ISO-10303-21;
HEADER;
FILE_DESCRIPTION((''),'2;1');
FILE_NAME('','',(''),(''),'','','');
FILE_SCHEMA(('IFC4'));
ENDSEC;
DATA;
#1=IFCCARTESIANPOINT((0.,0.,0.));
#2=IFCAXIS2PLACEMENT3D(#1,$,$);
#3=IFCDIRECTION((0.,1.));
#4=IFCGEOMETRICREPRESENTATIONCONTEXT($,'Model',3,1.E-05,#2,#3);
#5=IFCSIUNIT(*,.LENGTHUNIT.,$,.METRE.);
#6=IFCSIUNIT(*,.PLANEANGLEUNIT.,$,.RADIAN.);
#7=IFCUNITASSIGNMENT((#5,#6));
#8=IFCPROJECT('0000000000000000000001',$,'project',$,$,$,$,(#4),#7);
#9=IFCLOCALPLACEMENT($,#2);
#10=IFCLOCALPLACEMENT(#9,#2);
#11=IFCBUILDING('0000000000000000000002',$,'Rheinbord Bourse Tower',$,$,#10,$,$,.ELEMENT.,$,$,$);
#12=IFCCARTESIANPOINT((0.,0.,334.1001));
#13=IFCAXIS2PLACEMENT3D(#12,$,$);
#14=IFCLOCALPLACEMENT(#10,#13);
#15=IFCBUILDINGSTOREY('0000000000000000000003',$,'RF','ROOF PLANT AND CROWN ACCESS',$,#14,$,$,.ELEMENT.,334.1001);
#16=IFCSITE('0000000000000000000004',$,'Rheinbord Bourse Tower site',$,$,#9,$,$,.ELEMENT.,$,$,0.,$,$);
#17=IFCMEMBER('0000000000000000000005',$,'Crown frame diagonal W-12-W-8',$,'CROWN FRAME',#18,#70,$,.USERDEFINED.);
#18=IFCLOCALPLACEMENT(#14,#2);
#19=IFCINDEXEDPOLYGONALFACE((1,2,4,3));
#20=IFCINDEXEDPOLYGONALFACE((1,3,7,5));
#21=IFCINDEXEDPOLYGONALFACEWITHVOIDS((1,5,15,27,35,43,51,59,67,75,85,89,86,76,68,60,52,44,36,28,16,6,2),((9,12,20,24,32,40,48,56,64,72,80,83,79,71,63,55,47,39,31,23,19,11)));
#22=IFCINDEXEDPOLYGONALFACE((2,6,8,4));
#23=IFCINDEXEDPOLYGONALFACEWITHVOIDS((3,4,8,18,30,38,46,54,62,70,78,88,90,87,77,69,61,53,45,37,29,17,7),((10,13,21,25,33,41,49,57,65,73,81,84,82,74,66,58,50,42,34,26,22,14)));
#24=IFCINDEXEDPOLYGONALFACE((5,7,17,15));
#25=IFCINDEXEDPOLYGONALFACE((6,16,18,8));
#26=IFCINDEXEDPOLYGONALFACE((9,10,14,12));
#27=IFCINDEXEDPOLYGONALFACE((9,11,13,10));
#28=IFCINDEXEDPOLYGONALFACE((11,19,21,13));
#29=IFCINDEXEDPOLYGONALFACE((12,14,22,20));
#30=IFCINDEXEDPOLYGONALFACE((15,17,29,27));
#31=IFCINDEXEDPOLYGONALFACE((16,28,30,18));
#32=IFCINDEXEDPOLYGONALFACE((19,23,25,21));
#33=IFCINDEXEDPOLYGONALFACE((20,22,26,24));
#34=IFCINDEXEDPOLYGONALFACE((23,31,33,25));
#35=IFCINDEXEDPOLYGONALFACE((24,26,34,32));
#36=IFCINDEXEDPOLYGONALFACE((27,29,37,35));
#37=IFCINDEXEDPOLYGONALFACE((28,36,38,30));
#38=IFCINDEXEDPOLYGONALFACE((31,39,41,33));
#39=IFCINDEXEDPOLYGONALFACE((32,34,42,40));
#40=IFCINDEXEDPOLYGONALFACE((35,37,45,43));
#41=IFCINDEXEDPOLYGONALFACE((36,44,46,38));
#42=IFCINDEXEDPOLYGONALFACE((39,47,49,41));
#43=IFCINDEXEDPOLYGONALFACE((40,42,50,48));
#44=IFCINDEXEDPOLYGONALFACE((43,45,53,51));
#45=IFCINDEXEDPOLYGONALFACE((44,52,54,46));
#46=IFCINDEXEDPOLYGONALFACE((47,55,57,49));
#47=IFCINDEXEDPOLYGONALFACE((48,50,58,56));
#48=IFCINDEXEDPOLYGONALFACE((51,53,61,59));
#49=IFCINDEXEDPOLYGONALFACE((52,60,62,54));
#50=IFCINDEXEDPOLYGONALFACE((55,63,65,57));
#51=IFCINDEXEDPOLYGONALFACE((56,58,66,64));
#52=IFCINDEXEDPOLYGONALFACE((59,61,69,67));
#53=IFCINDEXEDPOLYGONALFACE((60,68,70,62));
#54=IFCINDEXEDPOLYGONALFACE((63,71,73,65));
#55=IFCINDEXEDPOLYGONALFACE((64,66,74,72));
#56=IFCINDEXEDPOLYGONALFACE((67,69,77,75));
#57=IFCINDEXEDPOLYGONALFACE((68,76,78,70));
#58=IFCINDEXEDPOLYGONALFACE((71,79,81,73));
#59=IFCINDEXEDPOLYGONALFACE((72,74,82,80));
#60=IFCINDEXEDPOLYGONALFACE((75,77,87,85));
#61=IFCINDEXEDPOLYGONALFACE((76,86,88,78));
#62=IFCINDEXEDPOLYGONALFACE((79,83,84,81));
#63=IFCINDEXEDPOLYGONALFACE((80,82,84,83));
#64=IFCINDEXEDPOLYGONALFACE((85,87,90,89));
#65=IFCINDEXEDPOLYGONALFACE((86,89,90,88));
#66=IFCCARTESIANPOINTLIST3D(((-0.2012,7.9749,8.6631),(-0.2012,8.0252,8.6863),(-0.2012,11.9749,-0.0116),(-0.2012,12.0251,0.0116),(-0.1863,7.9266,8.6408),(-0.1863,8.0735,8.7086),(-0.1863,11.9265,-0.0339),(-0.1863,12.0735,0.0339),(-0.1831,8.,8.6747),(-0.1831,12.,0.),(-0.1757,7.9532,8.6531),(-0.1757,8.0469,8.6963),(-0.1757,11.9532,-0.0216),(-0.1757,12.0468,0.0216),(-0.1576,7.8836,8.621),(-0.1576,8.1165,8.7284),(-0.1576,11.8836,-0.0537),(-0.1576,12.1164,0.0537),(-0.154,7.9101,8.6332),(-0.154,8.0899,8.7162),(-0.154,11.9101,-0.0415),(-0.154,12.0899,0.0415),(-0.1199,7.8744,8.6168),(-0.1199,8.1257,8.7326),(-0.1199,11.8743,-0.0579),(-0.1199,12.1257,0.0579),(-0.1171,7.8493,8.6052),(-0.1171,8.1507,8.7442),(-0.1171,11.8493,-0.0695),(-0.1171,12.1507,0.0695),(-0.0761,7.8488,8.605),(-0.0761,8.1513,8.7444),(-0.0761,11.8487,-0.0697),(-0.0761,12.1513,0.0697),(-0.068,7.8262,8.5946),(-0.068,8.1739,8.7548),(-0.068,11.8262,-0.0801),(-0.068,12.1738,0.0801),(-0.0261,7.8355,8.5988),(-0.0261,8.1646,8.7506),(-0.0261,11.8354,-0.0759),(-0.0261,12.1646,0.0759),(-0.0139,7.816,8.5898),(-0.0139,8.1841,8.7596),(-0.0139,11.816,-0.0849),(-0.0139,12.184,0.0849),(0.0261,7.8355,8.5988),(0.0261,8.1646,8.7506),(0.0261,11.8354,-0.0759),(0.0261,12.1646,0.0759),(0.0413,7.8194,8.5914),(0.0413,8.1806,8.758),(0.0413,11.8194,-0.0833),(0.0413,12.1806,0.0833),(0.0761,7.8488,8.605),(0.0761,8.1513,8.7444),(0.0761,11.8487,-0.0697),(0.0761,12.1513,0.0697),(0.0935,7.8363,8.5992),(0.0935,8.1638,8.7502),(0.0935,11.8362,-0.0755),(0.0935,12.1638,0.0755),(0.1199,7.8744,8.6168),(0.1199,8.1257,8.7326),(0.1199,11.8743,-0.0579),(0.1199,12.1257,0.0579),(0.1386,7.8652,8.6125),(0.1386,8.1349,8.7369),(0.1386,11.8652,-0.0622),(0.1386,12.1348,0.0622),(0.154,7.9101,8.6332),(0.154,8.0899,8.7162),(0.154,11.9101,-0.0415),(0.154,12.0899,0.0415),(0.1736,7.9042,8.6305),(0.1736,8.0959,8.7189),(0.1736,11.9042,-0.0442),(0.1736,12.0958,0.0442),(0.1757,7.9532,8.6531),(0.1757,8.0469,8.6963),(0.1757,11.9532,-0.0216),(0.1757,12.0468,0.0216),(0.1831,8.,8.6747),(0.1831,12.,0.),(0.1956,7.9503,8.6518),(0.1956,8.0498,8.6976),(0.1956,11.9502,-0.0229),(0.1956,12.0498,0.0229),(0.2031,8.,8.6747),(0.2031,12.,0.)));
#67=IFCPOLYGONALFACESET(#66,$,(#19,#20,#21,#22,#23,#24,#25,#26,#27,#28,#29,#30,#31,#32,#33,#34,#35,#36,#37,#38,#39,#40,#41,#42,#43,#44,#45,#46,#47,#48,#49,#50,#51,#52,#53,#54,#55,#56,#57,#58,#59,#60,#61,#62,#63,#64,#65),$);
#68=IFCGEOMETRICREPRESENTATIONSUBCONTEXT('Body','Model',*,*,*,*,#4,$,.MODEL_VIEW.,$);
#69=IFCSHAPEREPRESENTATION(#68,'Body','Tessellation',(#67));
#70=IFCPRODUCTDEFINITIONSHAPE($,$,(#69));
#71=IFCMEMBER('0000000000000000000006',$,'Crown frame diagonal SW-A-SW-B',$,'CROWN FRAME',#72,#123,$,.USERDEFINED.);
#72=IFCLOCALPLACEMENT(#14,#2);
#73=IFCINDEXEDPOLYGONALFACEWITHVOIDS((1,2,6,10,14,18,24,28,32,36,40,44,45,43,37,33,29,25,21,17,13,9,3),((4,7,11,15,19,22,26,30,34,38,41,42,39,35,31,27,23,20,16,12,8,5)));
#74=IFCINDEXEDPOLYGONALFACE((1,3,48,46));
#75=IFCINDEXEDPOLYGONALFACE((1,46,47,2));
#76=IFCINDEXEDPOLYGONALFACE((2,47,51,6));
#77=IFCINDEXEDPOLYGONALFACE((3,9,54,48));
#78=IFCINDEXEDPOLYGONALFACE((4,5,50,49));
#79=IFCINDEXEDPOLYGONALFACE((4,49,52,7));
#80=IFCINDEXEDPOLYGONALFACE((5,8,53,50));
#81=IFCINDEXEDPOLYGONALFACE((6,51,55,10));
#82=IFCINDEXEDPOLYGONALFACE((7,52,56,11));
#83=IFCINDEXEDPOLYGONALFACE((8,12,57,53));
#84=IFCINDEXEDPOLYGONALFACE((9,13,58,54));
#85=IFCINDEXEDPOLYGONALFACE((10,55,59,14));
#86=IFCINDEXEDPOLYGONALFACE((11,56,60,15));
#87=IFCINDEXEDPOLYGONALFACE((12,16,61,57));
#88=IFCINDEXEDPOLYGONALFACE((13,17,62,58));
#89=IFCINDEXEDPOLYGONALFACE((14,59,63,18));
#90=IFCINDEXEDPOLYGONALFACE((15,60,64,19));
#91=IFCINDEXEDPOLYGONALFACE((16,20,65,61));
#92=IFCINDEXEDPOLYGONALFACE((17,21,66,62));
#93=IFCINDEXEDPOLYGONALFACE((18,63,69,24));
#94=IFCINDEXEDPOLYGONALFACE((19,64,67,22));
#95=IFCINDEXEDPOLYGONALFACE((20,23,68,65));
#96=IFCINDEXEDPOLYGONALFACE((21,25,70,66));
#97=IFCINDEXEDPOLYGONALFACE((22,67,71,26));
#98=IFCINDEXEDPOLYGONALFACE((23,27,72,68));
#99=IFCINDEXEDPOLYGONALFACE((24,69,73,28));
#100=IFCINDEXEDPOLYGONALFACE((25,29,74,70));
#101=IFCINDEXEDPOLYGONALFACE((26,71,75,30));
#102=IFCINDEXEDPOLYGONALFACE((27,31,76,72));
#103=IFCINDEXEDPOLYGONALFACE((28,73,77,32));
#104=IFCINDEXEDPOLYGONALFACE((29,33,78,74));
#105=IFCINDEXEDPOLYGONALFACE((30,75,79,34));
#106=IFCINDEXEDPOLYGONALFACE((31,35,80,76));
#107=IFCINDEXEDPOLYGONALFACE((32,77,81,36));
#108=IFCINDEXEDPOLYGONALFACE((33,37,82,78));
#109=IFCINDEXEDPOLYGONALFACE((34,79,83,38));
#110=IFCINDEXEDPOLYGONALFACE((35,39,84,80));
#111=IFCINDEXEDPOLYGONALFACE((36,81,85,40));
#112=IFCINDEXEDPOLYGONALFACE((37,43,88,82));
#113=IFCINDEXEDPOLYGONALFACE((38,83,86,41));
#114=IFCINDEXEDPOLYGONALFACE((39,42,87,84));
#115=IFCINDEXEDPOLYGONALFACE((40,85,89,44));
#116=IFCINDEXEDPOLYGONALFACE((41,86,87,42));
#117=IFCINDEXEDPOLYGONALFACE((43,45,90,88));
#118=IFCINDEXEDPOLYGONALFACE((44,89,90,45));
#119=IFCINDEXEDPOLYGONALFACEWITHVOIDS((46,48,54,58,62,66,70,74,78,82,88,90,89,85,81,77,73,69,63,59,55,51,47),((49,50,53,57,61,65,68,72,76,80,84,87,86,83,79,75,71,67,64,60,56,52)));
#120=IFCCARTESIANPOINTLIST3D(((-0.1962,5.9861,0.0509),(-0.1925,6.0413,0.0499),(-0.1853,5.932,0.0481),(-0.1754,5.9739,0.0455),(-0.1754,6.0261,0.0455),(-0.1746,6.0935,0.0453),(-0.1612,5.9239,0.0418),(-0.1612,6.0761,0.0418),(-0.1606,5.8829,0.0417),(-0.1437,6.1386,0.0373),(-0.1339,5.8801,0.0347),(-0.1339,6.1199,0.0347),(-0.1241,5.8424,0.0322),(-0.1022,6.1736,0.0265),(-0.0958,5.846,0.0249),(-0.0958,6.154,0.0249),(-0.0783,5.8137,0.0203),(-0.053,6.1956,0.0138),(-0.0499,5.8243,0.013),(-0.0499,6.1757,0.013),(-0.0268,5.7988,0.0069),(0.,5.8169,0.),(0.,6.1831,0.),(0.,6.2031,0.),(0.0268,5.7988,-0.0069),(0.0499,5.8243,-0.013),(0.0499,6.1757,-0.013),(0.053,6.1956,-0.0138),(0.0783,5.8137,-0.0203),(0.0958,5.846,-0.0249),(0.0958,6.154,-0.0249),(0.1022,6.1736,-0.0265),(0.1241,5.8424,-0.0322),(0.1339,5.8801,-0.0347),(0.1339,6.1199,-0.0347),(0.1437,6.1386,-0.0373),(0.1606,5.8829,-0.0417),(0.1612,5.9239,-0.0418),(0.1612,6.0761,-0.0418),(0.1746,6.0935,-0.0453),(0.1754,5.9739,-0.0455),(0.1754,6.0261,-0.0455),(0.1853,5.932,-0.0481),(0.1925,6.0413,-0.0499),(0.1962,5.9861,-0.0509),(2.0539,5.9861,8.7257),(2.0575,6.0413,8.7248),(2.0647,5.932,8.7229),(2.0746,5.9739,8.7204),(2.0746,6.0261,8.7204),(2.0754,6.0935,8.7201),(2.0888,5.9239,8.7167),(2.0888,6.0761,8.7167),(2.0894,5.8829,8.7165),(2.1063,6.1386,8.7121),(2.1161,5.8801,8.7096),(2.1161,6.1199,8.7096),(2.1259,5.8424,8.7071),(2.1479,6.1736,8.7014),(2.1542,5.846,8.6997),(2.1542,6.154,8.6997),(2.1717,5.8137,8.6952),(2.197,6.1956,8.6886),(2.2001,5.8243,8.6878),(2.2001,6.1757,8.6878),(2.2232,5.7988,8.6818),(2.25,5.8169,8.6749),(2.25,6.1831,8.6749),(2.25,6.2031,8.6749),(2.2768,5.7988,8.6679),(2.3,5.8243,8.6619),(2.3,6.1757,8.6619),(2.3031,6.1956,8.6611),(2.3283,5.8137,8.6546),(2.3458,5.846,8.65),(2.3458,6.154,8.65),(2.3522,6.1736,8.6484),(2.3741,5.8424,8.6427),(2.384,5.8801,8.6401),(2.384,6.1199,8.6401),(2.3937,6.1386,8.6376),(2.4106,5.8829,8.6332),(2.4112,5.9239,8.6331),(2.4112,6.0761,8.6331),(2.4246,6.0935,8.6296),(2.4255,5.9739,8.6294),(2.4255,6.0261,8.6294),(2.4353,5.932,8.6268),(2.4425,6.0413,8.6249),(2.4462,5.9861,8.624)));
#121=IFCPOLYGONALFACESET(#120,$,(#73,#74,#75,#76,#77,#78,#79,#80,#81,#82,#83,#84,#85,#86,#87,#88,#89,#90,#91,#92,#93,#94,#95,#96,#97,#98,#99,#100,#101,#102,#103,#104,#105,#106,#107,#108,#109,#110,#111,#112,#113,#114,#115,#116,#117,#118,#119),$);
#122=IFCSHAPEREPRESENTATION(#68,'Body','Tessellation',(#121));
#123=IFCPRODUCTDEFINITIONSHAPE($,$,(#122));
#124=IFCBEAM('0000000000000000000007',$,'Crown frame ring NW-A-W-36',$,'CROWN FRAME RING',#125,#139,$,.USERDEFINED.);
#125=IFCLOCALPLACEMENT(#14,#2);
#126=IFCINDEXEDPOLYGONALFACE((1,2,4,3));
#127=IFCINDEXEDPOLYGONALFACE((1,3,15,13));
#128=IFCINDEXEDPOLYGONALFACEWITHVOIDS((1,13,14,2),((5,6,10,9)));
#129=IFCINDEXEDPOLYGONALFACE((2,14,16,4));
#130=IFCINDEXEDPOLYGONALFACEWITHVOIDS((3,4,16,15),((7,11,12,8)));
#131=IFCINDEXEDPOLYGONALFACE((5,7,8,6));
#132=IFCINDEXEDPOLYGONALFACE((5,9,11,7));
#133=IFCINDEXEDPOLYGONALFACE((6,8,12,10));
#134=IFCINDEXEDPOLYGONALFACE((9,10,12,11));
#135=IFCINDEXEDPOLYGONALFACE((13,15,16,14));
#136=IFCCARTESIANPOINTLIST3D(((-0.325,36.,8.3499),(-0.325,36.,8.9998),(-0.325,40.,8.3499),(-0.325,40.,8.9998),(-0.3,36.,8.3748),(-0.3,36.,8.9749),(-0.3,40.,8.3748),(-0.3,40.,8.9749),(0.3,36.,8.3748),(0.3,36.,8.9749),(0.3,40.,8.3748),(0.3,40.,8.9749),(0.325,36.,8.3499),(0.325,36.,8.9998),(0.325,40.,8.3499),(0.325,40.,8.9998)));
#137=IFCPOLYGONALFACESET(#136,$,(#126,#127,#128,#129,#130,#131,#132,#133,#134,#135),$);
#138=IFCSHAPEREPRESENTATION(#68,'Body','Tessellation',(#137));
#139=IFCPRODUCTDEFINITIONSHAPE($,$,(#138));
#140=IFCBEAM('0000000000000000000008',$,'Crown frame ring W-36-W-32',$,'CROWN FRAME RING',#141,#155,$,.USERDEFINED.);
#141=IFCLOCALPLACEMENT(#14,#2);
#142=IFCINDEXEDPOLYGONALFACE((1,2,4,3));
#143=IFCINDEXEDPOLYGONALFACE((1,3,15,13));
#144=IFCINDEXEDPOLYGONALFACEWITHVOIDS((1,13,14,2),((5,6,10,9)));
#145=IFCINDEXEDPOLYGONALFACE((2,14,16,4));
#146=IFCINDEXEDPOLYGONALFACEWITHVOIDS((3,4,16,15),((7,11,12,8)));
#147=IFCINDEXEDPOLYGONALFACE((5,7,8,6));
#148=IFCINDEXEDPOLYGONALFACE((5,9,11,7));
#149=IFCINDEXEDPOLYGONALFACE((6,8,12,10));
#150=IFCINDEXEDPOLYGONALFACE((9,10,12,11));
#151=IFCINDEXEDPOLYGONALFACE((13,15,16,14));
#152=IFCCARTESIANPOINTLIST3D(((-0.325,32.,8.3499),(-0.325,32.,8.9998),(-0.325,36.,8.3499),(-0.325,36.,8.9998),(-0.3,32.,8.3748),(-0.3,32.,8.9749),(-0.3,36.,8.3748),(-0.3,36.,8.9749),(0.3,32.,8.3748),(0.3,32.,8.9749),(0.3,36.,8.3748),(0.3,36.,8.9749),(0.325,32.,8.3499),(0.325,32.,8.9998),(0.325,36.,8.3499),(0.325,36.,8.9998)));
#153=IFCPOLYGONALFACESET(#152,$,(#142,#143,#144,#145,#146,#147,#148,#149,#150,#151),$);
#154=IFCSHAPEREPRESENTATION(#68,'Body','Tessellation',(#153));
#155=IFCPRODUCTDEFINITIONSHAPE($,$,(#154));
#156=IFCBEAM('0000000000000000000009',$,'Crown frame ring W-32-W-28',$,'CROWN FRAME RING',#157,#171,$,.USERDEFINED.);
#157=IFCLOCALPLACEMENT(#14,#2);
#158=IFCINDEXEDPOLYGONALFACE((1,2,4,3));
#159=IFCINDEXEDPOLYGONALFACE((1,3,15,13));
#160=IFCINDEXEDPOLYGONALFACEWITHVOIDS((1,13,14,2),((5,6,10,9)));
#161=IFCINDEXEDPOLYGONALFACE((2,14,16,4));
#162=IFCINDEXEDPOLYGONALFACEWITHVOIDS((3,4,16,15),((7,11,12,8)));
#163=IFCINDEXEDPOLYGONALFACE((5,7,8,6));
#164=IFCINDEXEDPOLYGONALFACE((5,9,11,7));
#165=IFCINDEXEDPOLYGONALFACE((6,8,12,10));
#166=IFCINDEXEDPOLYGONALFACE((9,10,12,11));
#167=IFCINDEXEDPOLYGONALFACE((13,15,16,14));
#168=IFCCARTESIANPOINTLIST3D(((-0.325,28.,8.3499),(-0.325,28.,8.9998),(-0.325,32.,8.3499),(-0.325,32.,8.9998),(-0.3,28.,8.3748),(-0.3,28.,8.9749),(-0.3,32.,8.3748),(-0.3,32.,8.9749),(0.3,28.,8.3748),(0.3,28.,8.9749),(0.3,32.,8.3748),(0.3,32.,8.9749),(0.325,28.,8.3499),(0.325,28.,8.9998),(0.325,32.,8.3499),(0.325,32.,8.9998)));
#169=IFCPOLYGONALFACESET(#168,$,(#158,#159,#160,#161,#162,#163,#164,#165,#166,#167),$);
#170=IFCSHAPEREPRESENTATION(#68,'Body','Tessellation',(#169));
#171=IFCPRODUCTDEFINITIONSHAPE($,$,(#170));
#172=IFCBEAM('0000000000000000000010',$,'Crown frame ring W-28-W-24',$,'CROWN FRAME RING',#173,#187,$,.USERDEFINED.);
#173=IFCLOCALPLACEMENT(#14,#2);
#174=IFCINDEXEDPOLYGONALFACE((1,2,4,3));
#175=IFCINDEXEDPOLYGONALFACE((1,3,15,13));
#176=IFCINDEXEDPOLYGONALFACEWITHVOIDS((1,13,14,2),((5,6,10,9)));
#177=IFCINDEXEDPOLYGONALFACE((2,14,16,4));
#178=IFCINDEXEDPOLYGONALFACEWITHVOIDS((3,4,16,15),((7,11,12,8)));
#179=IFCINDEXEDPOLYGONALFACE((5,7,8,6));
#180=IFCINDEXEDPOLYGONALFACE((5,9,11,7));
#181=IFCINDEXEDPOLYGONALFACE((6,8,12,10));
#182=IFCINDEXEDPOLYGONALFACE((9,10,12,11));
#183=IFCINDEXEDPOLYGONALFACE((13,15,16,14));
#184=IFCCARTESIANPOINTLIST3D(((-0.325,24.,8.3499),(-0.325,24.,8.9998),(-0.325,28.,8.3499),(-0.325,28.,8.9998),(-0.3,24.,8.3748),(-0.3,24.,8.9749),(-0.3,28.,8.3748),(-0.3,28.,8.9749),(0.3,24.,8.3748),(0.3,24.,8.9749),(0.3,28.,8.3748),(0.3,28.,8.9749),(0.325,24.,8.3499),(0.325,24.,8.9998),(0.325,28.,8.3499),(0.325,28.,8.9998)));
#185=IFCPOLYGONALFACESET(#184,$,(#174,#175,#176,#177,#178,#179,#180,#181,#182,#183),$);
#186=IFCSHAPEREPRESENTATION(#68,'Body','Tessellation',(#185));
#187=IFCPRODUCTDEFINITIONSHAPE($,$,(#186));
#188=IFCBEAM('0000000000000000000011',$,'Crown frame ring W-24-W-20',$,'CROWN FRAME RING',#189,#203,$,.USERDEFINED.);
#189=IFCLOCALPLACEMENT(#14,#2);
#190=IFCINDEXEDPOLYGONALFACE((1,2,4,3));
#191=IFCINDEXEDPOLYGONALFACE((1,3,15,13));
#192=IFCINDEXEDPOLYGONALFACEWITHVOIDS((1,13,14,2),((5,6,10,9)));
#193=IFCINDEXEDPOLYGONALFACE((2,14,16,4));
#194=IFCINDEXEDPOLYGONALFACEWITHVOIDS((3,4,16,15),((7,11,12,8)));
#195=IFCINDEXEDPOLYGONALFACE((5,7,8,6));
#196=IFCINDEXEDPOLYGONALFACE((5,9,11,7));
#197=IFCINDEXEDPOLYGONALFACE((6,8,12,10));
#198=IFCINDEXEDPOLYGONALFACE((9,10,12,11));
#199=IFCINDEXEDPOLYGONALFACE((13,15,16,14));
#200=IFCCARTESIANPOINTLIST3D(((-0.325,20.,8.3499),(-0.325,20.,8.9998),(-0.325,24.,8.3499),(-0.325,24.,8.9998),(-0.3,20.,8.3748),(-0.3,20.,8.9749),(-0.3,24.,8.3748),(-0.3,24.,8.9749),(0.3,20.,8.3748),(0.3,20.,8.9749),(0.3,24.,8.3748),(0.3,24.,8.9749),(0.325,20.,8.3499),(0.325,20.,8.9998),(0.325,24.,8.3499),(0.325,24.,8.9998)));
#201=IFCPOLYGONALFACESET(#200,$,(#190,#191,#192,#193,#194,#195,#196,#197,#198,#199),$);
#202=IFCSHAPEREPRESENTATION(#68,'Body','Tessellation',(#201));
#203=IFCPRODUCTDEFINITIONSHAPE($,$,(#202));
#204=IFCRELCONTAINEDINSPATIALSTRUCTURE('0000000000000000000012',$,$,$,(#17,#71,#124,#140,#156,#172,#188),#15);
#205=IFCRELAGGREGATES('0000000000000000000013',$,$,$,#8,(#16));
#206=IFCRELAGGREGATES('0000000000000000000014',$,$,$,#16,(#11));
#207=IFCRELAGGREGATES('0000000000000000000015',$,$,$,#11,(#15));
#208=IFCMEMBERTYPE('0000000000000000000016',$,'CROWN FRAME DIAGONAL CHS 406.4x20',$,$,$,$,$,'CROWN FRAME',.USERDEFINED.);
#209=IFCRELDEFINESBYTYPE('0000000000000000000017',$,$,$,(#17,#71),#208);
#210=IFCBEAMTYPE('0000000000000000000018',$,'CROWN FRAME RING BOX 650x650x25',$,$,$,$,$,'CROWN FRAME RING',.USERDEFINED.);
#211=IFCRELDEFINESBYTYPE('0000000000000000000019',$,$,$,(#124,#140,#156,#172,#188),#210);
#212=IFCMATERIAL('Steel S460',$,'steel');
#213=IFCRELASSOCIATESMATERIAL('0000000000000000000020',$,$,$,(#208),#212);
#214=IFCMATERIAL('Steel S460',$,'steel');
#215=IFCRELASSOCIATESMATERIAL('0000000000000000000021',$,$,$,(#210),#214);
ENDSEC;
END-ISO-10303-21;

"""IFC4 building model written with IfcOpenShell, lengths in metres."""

from ifc_helpers import new_model, si_unit, direction, frame, origin, origin_2d, place, context, subcontext, project, spatial, hollow_rectangle, hollow_circle, extrude, material, material_profile, profile_set, type_object, element, save


model = new_model("IFC4")

# Units and contexts
model_context = context("Model", 3, precision=1e-05, world=origin(), true_north=direction((0.0, 1.0)))
body_context = subcontext(model_context, "Body", "Model", "MODEL_VIEW")
ifc_project = project(units=[si_unit("LENGTHUNIT", "METRE"), si_unit("PLANEANGLEUNIT", "RADIAN")], contexts=[model_context])

# Site, building, storey
site_placement = place(None, origin())
site = spatial("IfcSite", under=ifc_project, at=site_placement, Name="Rheinbord Bourse Tower site", CompositionType="ELEMENT", RefElevation=0.0)
building_placement = place(site_placement, origin())
building = spatial("IfcBuilding", under=site, at=building_placement, Name="Rheinbord Bourse Tower", CompositionType="ELEMENT")
storey_placement = place(building_placement, frame((0.0, 0.0, 334.1001)))
storey = spatial("IfcBuildingStorey", under=building, at=storey_placement, Name="RF", Description="ROOF PLANT AND CROWN ACCESS", CompositionType="ELEMENT", Elevation=334.1001)

# Members
ifc_material_1 = material(Name="Steel S460", Category="steel")
ifc_material_profile_1 = material_profile(ifc_material_1, hollow_circle(Radius=0.2031, WallThickness=0.02, at=origin_2d()), Name="CHS 406.4x20")
ifc_profile_set_1 = profile_set([ifc_material_profile_1], Name="Steel S460")
member_type = type_object("IfcMemberType", Name="CROWN FRAME DIAGONAL CHS 406.4x20", ElementType="CROWN FRAME", PredefinedType="USERDEFINED", material=ifc_profile_set_1)
for number, where, z_axis, x_axis, name in (
    (1, (0.0, 12.0, 0.0), (0.0, -0.418734, 0.908109), (1.0, 0.0, 0.0), "Crown frame diagonal W-12-W-8"),
):
    element("IfcMember", number, at=place(storey_placement, frame(where, z_axis=z_axis, x_axis=x_axis)), inside=storey, type_object=member_type, Name=name, ObjectType="CROWN FRAME", PredefinedType="USERDEFINED", context=body_context, shape_type="SweptSolid", body=[
        extrude(hollow_circle(Radius=0.2031, WallThickness=0.02, at=origin_2d()), origin(), (0.0, 0.0, 1.0), 9.5525),
    ])
member_placement = place(storey_placement, frame((0.0, 6.0, 0.0), z_axis=(0.251064, 0.0, 0.96797), x_axis=(0.0, 1.0, 0.0)))
element("IfcMember", 2, at=member_placement, inside=storey, type_object=member_type, Name="Crown frame diagonal SW-A-SW-B", ObjectType="CROWN FRAME", PredefinedType="USERDEFINED", context=body_context, shape_type="SweptSolid", body=[
    extrude(hollow_circle(Radius=0.2031, WallThickness=0.02, at=origin_2d()), origin(), (0.0, 0.0, 1.0), 8.9619),
])

# Beams
ifc_material_2 = material(Name="Steel S460", Category="steel")
ifc_material_profile_2 = material_profile(ifc_material_2, hollow_rectangle(XDim=0.6499, YDim=0.6499, WallThickness=0.0249, at=origin_2d()), Name="BOX 650x650x25")
ifc_profile_set_2 = profile_set([ifc_material_profile_2], Name="Steel S460")
beam_type = type_object("IfcBeamType", Name="CROWN FRAME RING BOX 650x650x25", ElementType="CROWN FRAME RING", PredefinedType="USERDEFINED", material=ifc_profile_set_2)
for number, where, z_axis, x_axis, name in (
    (3, (0.0, 40.0, 8.6748), (0.0, -1.0, 0.0), (1.0, 0.0, 0.0), "Crown frame ring NW-A-W-36"),
    (4, (0.0, 36.0, 8.6748), (0.0, -1.0, 0.0), (1.0, 0.0, 0.0), "Crown frame ring W-36-W-32"),
    (5, (0.0, 32.0, 8.6748), (0.0, -1.0, 0.0), (1.0, 0.0, 0.0), "Crown frame ring W-32-W-28"),
    (6, (0.0, 28.0, 8.6748), (0.0, -1.0, 0.0), (1.0, 0.0, 0.0), "Crown frame ring W-28-W-24"),
    (7, (0.0, 24.0, 8.6748), (0.0, -1.0, 0.0), (1.0, 0.0, 0.0), "Crown frame ring W-24-W-20"),
):
    element("IfcBeam", number, at=place(storey_placement, frame(where, z_axis=z_axis, x_axis=x_axis)), inside=storey, type_object=beam_type, Name=name, ObjectType="CROWN FRAME RING", PredefinedType="USERDEFINED", context=body_context, shape_type="SweptSolid", body=[
        extrude(hollow_rectangle(XDim=0.6499, YDim=0.6499, WallThickness=0.0249, at=origin_2d()), origin(), (0.0, 0.0, 1.0), 4.0),
    ])

save(model, "model.ifc")
